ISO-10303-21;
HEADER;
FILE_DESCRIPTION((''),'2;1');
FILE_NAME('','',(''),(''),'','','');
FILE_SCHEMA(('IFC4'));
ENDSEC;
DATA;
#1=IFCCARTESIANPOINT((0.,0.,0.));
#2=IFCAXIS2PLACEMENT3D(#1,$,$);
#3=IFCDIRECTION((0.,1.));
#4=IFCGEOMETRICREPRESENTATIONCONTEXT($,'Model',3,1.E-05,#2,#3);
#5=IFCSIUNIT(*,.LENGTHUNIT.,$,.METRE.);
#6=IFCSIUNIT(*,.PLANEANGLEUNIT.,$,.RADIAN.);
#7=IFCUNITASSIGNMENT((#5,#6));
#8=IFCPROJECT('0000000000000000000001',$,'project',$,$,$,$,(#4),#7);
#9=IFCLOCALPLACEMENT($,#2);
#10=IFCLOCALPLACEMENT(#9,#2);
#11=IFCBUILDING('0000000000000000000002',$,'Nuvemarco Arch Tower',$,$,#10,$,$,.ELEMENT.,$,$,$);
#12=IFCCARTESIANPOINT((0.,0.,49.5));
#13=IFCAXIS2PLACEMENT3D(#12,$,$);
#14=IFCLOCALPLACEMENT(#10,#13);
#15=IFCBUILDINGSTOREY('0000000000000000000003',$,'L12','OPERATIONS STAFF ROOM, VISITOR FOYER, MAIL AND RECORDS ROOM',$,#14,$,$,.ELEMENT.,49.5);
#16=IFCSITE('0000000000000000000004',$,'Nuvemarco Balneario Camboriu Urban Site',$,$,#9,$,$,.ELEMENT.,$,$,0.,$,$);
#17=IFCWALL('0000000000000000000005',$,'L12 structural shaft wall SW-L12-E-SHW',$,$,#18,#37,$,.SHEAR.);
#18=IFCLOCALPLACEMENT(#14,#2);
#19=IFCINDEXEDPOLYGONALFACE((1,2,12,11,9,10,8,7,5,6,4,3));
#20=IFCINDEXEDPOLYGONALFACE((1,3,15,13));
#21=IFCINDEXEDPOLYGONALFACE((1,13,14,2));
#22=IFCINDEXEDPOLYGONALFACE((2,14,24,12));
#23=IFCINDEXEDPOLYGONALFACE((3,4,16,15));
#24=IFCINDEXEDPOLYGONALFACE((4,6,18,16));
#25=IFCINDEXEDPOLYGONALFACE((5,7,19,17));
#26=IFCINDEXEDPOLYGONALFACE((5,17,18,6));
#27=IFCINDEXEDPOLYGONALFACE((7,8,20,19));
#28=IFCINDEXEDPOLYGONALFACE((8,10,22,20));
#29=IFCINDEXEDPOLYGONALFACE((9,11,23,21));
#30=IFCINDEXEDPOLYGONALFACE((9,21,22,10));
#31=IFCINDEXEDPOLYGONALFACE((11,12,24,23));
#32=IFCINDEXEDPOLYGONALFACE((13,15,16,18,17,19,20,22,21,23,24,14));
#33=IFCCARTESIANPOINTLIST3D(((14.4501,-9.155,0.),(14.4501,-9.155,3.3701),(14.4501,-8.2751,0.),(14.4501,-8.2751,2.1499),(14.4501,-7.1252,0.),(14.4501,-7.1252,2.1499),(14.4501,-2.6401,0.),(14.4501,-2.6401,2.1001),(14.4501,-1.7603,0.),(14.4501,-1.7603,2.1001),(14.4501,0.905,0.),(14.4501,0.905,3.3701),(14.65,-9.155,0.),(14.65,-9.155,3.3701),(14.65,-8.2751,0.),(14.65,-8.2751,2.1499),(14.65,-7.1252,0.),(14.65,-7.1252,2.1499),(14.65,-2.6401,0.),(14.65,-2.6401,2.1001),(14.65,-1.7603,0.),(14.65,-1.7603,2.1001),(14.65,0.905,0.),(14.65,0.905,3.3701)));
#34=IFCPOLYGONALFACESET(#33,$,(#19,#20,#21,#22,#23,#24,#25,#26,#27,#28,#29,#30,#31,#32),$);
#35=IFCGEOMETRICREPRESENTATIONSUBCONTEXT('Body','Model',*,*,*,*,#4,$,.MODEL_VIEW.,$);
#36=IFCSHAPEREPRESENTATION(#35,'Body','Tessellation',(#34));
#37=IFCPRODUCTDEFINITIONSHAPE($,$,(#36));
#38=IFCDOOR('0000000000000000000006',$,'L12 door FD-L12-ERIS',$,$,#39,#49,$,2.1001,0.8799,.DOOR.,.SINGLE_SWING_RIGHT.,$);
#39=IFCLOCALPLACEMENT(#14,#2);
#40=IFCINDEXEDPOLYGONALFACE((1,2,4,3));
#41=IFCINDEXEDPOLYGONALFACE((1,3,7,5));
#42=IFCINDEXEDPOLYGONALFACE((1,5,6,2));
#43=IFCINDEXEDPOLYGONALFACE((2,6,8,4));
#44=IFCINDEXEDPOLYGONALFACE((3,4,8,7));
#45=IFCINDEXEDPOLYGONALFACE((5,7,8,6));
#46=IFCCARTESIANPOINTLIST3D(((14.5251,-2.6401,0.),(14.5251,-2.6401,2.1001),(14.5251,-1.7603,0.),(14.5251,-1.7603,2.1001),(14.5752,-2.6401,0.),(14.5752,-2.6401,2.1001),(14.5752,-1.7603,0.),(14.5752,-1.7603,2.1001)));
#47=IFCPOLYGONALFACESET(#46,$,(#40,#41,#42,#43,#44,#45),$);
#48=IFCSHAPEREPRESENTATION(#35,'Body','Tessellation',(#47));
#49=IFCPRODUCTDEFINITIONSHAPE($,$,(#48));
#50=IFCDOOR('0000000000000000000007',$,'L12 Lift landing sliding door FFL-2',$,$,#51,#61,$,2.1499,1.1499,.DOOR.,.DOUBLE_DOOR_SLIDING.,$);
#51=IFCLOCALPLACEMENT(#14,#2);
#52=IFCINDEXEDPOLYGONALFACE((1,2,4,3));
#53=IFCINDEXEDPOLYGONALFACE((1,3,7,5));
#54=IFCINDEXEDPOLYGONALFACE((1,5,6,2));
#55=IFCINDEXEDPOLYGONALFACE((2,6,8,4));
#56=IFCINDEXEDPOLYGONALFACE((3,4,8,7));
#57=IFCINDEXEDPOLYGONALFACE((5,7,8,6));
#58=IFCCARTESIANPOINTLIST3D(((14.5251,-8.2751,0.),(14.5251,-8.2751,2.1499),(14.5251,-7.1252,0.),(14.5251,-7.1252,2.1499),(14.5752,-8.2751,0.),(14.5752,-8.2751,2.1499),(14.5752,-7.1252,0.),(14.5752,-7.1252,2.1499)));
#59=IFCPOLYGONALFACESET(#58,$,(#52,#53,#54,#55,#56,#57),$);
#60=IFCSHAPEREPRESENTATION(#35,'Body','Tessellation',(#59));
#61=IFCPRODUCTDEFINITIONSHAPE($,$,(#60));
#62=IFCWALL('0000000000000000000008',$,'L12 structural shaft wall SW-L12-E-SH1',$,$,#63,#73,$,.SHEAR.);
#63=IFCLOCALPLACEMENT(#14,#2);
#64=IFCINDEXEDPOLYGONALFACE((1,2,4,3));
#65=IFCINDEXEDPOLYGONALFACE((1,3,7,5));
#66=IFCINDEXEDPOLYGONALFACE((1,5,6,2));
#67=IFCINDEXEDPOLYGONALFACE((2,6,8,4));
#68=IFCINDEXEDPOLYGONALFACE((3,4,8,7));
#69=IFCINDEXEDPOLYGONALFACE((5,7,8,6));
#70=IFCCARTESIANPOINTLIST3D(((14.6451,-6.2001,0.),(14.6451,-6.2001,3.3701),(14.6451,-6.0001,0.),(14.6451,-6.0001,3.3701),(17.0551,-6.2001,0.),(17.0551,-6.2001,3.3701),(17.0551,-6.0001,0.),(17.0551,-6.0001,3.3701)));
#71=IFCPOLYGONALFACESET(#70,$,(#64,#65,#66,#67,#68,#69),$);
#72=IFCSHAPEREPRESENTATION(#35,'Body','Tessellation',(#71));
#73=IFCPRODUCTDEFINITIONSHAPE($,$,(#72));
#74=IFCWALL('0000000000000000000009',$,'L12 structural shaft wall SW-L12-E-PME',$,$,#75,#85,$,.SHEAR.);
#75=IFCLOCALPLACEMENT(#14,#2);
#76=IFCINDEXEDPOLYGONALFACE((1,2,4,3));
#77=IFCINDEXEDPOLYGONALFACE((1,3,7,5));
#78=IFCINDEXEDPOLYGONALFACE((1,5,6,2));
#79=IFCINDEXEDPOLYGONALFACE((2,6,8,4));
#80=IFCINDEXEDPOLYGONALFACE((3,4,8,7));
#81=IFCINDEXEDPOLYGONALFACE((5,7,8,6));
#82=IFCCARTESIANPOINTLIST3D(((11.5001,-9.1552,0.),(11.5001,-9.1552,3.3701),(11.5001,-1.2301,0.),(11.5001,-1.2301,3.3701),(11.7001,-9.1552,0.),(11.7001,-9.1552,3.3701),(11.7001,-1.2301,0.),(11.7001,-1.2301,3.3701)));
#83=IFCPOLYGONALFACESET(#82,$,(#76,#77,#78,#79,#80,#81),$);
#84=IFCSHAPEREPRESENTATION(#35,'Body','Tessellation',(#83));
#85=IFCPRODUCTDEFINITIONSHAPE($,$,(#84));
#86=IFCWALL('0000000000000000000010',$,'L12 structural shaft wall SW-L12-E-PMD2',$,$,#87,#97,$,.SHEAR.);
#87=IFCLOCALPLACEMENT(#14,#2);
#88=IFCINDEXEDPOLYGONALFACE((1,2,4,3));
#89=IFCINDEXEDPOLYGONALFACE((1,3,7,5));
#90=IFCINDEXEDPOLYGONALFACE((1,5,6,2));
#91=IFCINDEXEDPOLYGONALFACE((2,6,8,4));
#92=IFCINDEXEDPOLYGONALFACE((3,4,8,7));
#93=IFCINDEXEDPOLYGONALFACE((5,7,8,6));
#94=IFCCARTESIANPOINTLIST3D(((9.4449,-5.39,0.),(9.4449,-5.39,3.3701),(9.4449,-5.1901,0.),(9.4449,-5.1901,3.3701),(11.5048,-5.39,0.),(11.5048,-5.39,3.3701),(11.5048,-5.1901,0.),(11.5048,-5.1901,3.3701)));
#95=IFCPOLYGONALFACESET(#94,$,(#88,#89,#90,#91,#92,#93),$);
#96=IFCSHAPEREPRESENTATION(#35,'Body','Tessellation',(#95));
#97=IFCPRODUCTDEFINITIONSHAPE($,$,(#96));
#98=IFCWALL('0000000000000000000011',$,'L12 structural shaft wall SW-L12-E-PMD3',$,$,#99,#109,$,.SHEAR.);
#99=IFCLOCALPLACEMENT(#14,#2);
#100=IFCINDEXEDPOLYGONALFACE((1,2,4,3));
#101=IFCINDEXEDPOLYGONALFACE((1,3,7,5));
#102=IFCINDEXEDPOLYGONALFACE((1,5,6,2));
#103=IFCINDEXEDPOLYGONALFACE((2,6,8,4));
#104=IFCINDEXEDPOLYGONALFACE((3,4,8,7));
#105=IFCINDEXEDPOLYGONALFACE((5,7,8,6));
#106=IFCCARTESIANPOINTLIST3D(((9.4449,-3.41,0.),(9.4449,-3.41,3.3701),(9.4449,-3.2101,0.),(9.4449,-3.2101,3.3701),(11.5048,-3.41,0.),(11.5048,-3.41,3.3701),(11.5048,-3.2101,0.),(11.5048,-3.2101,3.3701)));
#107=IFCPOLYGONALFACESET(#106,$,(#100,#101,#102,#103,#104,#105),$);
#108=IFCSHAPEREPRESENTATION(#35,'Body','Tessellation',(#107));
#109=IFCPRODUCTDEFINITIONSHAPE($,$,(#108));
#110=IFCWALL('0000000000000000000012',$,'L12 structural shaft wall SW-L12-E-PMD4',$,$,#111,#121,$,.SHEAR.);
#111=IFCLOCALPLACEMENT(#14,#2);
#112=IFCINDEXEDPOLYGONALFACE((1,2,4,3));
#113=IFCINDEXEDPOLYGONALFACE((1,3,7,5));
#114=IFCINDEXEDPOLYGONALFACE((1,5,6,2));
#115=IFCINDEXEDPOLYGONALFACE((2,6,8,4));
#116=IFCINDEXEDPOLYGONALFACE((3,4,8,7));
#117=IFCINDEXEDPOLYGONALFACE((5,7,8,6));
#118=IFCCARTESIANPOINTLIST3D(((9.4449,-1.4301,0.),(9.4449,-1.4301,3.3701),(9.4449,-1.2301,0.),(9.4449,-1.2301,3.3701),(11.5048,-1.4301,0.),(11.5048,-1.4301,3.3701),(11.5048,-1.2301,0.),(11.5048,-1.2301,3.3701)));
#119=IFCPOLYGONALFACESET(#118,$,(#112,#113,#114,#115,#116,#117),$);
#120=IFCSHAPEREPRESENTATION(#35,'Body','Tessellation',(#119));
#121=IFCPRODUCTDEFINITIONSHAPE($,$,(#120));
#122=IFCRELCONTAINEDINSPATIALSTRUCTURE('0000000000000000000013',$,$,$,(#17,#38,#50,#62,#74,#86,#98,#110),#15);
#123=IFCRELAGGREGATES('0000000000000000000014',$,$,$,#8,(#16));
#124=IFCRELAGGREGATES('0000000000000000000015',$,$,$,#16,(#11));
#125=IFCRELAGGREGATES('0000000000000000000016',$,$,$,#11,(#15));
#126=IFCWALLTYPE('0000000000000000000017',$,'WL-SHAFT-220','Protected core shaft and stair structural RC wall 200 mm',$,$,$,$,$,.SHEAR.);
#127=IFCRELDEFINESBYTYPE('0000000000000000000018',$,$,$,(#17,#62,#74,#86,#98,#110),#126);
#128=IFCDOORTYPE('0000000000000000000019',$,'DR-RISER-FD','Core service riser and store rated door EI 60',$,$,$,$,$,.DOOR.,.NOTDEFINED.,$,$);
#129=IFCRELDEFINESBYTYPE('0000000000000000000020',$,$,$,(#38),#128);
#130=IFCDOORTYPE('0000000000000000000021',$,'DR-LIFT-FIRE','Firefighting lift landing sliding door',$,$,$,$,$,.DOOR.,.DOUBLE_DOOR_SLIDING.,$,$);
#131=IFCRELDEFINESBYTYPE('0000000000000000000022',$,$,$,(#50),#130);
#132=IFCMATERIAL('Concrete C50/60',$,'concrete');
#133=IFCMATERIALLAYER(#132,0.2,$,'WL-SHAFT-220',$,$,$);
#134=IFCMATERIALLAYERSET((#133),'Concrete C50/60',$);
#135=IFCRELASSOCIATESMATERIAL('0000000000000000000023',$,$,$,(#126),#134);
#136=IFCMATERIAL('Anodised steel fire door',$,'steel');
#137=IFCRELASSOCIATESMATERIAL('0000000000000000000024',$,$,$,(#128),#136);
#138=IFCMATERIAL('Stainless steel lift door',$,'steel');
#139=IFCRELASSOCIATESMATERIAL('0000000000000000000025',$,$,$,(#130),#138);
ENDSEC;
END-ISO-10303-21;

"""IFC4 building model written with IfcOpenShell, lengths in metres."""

from ifc_helpers import new_model, si_unit, direction, frame, frame_2d, origin, place, context, subcontext, project, spatial, rectangle, extrude, source, transform, mapped, material, layer, layer_set, type_object, type_shapes, element, fill, save


model = new_model("IFC4")

# Units and contexts
model_context = context("Model", 3, precision=1e-05, world=origin(), true_north=direction((0.0, 1.0)))
body_context = subcontext(model_context, "Body", "Model", "MODEL_VIEW")
ifc_project = project(units=[si_unit("LENGTHUNIT", "METRE"), si_unit("PLANEANGLEUNIT", "RADIAN")], contexts=[model_context])

# Site, building, storey
site_placement = place(None, origin())
site = spatial("IfcSite", under=ifc_project, at=site_placement, Name="Nuvemarco Balneario Camboriu Urban Site", CompositionType="ELEMENT", RefElevation=0.0)
building_placement = place(site_placement, origin())
building = spatial("IfcBuilding", under=site, at=building_placement, Name="Nuvemarco Arch Tower", CompositionType="ELEMENT")
storey_placement = place(building_placement, frame((0.0, 0.0, 49.5)))
storey = spatial("IfcBuildingStorey", under=building, at=storey_placement, Name="L12", Description="OPERATIONS STAFF ROOM, VISITOR FOYER, MAIL AND RECORDS ROOM", CompositionType="ELEMENT", Elevation=49.5)

# Wall, openings, doors
ifc_material_1 = material(Name="Concrete C50/60", Category="concrete")
ifc_layer_1 = layer(ifc_material_1, 0.2, Name="WL-SHAFT-220")
ifc_layer_set_1 = layer_set([ifc_layer_1], Name="Concrete C50/60")
wall_type_1 = type_object("IfcWallType", Name="WL-SHAFT-220", Description="Protected core shaft and stair structural RC wall 200 mm", PredefinedType="SHEAR", material=ifc_layer_set_1)
wall_1_placement = place(storey_placement, frame((14.55, -9.155, 0.0), z_axis=(0.0, 0.0, 1.0), x_axis=(0.0, 1.0, 0.0)))
wall_1 = element("IfcWall", 1, at=wall_1_placement, inside=storey, type_object=wall_type_1, Name="L12 structural shaft wall SW-L12-E-SHW", PredefinedType="SHEAR", context=body_context, shape_type="SweptSolid", body=[
    extrude(rectangle(XDim=10.0601, YDim=0.2, at=frame_2d((5.03, 0.0))), origin(), (0.0, 0.0, 1.0), 3.3701),
])
opening_1_placement = place(wall_1_placement, frame((6.5149, 0.0, 0.0)))
opening_1 = element("IfcOpeningElement", 2, at=opening_1_placement, cuts=wall_1, PredefinedType="OPENING", context=body_context, shape_type="SweptSolid", body=[
    extrude(rectangle(XDim=0.8799, YDim=2.1001, at=frame_2d((0.4399, 1.05))), frame((0.0, 0.1099, 0.0), z_axis=(0.0, -1.0, 0.0), x_axis=(1.0, 0.0, 0.0)), (0.0, 0.0, 1.0), 0.22),
])
opening_2_placement = place(wall_1_placement, frame((0.8799, 0.0, 0.0)))
opening_2 = element("IfcOpeningElement", 3, at=opening_2_placement, cuts=wall_1, PredefinedType="OPENING", context=body_context, shape_type="SweptSolid", body=[
    extrude(rectangle(XDim=1.1499, YDim=2.1499, at=frame_2d((0.575, 1.075))), frame((0.0, 0.1099, 0.0), z_axis=(0.0, -1.0, 0.0), x_axis=(1.0, 0.0, 0.0)), (0.0, 0.0, 1.0), 0.22),
])
ifc_material_2 = material(Name="Anodised steel fire door", Category="steel")
door_type_1 = type_object("IfcDoorType", Name="DR-RISER-FD", Description="Core service riser and store rated door EI 60", OperationType="NOTDEFINED", PredefinedType="DOOR", material=ifc_material_2)
shared_shape_1 = source(origin(), body_context, "Body", "SweptSolid", [
    extrude(rectangle(XDim=0.8799, YDim=2.1001, at=frame_2d((0.4399, 1.05))), frame((0.0, 0.0249, 0.0), z_axis=(0.0, -1.0, 0.0), x_axis=(1.0, 0.0, 0.0)), (0.0, 0.0, 1.0), 0.05),
])
type_shapes(door_type_1, [shared_shape_1])
door_1_placement = place(opening_1_placement, origin())
door_1 = element("IfcDoor", 4, at=door_1_placement, inside=storey, type_object=door_type_1, Name="L12 door FD-L12-ERIS", OperationType="SINGLE_SWING_RIGHT", OverallHeight=2.1001, OverallWidth=0.8799, PredefinedType="DOOR", context=body_context, shape_type="MappedRepresentation", body=[
    mapped(shared_shape_1, transform((0.0, 0.0, 0.0), scale=1.0)),
])
fill(opening_1, door_1)
ifc_material_3 = material(Name="Stainless steel lift door", Category="steel")
door_type_2 = type_object("IfcDoorType", Name="DR-LIFT-FIRE", Description="Firefighting lift landing sliding door", OperationType="DOUBLE_DOOR_SLIDING", PredefinedType="DOOR", material=ifc_material_3)
shared_shape_2 = source(origin(), body_context, "Body", "SweptSolid", [
    extrude(rectangle(XDim=1.1499, YDim=2.1499, at=frame_2d((0.575, 1.075))), frame((0.0, 0.0249, 0.0), z_axis=(0.0, -1.0, 0.0), x_axis=(1.0, 0.0, 0.0)), (0.0, 0.0, 1.0), 0.05),
])
type_shapes(door_type_2, [shared_shape_2])
door_2_placement = place(opening_2_placement, origin())
door_2 = element("IfcDoor", 5, at=door_2_placement, inside=storey, type_object=door_type_2, Name="L12 Lift landing sliding door FFL-2", OperationType="DOUBLE_DOOR_SLIDING", OverallHeight=2.1499, OverallWidth=1.1499, PredefinedType="DOOR", context=body_context, shape_type="MappedRepresentation", body=[
    mapped(shared_shape_2, transform((0.0, 0.0, 0.0), scale=1.0)),
])
fill(opening_2, door_2)

# Walls
wall_2_placement = place(storey_placement, frame((14.645, -6.1001, 0.0), z_axis=(0.0, 0.0, 1.0), x_axis=(1.0, 0.0, 0.0)))
element("IfcWall", 6, at=wall_2_placement, inside=storey, type_object=wall_type_1, Name="L12 structural shaft wall SW-L12-E-SH1", PredefinedType="SHEAR", context=body_context, shape_type="SweptSolid", body=[
    extrude(rectangle(XDim=2.4099, YDim=0.2, at=frame_2d((1.2051, 0.0))), origin(), (0.0, 0.0, 1.0), 3.3701),
])
wall_3_placement = place(storey_placement, frame((11.6001, -9.155, 0.0), z_axis=(0.0, 0.0, 1.0), x_axis=(0.0, 1.0, 0.0)))
element("IfcWall", 7, at=wall_3_placement, inside=storey, type_object=wall_type_1, Name="L12 structural shaft wall SW-L12-E-PME", PredefinedType="SHEAR", context=body_context, shape_type="SweptSolid", body=[
    extrude(rectangle(XDim=7.925, YDim=0.2, at=frame_2d((3.9624, 0.0))), origin(), (0.0, 0.0, 1.0), 3.3701),
])

# Walls
for number, where, z_axis, x_axis, name in (
    (8, (9.4451, -5.29, 0.0), (0.0, 0.0, 1.0), (1.0, 0.0, 0.0), "L12 structural shaft wall SW-L12-E-PMD2"),
    (9, (9.4451, -3.3101, 0.0), (0.0, 0.0, 1.0), (1.0, 0.0, 0.0), "L12 structural shaft wall SW-L12-E-PMD3"),
    (10, (9.4451, -1.3301, 0.0), (0.0, 0.0, 1.0), (1.0, 0.0, 0.0), "L12 structural shaft wall SW-L12-E-PMD4"),
):
    element("IfcWall", number, at=place(storey_placement, frame(where, z_axis=z_axis, x_axis=x_axis)), inside=storey, type_object=wall_type_1, Name=name, PredefinedType="SHEAR", context=body_context, shape_type="SweptSolid", body=[
        extrude(rectangle(XDim=2.0598, YDim=0.2, at=frame_2d((1.0298, 0.0))), origin(), (0.0, 0.0, 1.0), 3.3701),
    ])

save(model, "model.ifc")
